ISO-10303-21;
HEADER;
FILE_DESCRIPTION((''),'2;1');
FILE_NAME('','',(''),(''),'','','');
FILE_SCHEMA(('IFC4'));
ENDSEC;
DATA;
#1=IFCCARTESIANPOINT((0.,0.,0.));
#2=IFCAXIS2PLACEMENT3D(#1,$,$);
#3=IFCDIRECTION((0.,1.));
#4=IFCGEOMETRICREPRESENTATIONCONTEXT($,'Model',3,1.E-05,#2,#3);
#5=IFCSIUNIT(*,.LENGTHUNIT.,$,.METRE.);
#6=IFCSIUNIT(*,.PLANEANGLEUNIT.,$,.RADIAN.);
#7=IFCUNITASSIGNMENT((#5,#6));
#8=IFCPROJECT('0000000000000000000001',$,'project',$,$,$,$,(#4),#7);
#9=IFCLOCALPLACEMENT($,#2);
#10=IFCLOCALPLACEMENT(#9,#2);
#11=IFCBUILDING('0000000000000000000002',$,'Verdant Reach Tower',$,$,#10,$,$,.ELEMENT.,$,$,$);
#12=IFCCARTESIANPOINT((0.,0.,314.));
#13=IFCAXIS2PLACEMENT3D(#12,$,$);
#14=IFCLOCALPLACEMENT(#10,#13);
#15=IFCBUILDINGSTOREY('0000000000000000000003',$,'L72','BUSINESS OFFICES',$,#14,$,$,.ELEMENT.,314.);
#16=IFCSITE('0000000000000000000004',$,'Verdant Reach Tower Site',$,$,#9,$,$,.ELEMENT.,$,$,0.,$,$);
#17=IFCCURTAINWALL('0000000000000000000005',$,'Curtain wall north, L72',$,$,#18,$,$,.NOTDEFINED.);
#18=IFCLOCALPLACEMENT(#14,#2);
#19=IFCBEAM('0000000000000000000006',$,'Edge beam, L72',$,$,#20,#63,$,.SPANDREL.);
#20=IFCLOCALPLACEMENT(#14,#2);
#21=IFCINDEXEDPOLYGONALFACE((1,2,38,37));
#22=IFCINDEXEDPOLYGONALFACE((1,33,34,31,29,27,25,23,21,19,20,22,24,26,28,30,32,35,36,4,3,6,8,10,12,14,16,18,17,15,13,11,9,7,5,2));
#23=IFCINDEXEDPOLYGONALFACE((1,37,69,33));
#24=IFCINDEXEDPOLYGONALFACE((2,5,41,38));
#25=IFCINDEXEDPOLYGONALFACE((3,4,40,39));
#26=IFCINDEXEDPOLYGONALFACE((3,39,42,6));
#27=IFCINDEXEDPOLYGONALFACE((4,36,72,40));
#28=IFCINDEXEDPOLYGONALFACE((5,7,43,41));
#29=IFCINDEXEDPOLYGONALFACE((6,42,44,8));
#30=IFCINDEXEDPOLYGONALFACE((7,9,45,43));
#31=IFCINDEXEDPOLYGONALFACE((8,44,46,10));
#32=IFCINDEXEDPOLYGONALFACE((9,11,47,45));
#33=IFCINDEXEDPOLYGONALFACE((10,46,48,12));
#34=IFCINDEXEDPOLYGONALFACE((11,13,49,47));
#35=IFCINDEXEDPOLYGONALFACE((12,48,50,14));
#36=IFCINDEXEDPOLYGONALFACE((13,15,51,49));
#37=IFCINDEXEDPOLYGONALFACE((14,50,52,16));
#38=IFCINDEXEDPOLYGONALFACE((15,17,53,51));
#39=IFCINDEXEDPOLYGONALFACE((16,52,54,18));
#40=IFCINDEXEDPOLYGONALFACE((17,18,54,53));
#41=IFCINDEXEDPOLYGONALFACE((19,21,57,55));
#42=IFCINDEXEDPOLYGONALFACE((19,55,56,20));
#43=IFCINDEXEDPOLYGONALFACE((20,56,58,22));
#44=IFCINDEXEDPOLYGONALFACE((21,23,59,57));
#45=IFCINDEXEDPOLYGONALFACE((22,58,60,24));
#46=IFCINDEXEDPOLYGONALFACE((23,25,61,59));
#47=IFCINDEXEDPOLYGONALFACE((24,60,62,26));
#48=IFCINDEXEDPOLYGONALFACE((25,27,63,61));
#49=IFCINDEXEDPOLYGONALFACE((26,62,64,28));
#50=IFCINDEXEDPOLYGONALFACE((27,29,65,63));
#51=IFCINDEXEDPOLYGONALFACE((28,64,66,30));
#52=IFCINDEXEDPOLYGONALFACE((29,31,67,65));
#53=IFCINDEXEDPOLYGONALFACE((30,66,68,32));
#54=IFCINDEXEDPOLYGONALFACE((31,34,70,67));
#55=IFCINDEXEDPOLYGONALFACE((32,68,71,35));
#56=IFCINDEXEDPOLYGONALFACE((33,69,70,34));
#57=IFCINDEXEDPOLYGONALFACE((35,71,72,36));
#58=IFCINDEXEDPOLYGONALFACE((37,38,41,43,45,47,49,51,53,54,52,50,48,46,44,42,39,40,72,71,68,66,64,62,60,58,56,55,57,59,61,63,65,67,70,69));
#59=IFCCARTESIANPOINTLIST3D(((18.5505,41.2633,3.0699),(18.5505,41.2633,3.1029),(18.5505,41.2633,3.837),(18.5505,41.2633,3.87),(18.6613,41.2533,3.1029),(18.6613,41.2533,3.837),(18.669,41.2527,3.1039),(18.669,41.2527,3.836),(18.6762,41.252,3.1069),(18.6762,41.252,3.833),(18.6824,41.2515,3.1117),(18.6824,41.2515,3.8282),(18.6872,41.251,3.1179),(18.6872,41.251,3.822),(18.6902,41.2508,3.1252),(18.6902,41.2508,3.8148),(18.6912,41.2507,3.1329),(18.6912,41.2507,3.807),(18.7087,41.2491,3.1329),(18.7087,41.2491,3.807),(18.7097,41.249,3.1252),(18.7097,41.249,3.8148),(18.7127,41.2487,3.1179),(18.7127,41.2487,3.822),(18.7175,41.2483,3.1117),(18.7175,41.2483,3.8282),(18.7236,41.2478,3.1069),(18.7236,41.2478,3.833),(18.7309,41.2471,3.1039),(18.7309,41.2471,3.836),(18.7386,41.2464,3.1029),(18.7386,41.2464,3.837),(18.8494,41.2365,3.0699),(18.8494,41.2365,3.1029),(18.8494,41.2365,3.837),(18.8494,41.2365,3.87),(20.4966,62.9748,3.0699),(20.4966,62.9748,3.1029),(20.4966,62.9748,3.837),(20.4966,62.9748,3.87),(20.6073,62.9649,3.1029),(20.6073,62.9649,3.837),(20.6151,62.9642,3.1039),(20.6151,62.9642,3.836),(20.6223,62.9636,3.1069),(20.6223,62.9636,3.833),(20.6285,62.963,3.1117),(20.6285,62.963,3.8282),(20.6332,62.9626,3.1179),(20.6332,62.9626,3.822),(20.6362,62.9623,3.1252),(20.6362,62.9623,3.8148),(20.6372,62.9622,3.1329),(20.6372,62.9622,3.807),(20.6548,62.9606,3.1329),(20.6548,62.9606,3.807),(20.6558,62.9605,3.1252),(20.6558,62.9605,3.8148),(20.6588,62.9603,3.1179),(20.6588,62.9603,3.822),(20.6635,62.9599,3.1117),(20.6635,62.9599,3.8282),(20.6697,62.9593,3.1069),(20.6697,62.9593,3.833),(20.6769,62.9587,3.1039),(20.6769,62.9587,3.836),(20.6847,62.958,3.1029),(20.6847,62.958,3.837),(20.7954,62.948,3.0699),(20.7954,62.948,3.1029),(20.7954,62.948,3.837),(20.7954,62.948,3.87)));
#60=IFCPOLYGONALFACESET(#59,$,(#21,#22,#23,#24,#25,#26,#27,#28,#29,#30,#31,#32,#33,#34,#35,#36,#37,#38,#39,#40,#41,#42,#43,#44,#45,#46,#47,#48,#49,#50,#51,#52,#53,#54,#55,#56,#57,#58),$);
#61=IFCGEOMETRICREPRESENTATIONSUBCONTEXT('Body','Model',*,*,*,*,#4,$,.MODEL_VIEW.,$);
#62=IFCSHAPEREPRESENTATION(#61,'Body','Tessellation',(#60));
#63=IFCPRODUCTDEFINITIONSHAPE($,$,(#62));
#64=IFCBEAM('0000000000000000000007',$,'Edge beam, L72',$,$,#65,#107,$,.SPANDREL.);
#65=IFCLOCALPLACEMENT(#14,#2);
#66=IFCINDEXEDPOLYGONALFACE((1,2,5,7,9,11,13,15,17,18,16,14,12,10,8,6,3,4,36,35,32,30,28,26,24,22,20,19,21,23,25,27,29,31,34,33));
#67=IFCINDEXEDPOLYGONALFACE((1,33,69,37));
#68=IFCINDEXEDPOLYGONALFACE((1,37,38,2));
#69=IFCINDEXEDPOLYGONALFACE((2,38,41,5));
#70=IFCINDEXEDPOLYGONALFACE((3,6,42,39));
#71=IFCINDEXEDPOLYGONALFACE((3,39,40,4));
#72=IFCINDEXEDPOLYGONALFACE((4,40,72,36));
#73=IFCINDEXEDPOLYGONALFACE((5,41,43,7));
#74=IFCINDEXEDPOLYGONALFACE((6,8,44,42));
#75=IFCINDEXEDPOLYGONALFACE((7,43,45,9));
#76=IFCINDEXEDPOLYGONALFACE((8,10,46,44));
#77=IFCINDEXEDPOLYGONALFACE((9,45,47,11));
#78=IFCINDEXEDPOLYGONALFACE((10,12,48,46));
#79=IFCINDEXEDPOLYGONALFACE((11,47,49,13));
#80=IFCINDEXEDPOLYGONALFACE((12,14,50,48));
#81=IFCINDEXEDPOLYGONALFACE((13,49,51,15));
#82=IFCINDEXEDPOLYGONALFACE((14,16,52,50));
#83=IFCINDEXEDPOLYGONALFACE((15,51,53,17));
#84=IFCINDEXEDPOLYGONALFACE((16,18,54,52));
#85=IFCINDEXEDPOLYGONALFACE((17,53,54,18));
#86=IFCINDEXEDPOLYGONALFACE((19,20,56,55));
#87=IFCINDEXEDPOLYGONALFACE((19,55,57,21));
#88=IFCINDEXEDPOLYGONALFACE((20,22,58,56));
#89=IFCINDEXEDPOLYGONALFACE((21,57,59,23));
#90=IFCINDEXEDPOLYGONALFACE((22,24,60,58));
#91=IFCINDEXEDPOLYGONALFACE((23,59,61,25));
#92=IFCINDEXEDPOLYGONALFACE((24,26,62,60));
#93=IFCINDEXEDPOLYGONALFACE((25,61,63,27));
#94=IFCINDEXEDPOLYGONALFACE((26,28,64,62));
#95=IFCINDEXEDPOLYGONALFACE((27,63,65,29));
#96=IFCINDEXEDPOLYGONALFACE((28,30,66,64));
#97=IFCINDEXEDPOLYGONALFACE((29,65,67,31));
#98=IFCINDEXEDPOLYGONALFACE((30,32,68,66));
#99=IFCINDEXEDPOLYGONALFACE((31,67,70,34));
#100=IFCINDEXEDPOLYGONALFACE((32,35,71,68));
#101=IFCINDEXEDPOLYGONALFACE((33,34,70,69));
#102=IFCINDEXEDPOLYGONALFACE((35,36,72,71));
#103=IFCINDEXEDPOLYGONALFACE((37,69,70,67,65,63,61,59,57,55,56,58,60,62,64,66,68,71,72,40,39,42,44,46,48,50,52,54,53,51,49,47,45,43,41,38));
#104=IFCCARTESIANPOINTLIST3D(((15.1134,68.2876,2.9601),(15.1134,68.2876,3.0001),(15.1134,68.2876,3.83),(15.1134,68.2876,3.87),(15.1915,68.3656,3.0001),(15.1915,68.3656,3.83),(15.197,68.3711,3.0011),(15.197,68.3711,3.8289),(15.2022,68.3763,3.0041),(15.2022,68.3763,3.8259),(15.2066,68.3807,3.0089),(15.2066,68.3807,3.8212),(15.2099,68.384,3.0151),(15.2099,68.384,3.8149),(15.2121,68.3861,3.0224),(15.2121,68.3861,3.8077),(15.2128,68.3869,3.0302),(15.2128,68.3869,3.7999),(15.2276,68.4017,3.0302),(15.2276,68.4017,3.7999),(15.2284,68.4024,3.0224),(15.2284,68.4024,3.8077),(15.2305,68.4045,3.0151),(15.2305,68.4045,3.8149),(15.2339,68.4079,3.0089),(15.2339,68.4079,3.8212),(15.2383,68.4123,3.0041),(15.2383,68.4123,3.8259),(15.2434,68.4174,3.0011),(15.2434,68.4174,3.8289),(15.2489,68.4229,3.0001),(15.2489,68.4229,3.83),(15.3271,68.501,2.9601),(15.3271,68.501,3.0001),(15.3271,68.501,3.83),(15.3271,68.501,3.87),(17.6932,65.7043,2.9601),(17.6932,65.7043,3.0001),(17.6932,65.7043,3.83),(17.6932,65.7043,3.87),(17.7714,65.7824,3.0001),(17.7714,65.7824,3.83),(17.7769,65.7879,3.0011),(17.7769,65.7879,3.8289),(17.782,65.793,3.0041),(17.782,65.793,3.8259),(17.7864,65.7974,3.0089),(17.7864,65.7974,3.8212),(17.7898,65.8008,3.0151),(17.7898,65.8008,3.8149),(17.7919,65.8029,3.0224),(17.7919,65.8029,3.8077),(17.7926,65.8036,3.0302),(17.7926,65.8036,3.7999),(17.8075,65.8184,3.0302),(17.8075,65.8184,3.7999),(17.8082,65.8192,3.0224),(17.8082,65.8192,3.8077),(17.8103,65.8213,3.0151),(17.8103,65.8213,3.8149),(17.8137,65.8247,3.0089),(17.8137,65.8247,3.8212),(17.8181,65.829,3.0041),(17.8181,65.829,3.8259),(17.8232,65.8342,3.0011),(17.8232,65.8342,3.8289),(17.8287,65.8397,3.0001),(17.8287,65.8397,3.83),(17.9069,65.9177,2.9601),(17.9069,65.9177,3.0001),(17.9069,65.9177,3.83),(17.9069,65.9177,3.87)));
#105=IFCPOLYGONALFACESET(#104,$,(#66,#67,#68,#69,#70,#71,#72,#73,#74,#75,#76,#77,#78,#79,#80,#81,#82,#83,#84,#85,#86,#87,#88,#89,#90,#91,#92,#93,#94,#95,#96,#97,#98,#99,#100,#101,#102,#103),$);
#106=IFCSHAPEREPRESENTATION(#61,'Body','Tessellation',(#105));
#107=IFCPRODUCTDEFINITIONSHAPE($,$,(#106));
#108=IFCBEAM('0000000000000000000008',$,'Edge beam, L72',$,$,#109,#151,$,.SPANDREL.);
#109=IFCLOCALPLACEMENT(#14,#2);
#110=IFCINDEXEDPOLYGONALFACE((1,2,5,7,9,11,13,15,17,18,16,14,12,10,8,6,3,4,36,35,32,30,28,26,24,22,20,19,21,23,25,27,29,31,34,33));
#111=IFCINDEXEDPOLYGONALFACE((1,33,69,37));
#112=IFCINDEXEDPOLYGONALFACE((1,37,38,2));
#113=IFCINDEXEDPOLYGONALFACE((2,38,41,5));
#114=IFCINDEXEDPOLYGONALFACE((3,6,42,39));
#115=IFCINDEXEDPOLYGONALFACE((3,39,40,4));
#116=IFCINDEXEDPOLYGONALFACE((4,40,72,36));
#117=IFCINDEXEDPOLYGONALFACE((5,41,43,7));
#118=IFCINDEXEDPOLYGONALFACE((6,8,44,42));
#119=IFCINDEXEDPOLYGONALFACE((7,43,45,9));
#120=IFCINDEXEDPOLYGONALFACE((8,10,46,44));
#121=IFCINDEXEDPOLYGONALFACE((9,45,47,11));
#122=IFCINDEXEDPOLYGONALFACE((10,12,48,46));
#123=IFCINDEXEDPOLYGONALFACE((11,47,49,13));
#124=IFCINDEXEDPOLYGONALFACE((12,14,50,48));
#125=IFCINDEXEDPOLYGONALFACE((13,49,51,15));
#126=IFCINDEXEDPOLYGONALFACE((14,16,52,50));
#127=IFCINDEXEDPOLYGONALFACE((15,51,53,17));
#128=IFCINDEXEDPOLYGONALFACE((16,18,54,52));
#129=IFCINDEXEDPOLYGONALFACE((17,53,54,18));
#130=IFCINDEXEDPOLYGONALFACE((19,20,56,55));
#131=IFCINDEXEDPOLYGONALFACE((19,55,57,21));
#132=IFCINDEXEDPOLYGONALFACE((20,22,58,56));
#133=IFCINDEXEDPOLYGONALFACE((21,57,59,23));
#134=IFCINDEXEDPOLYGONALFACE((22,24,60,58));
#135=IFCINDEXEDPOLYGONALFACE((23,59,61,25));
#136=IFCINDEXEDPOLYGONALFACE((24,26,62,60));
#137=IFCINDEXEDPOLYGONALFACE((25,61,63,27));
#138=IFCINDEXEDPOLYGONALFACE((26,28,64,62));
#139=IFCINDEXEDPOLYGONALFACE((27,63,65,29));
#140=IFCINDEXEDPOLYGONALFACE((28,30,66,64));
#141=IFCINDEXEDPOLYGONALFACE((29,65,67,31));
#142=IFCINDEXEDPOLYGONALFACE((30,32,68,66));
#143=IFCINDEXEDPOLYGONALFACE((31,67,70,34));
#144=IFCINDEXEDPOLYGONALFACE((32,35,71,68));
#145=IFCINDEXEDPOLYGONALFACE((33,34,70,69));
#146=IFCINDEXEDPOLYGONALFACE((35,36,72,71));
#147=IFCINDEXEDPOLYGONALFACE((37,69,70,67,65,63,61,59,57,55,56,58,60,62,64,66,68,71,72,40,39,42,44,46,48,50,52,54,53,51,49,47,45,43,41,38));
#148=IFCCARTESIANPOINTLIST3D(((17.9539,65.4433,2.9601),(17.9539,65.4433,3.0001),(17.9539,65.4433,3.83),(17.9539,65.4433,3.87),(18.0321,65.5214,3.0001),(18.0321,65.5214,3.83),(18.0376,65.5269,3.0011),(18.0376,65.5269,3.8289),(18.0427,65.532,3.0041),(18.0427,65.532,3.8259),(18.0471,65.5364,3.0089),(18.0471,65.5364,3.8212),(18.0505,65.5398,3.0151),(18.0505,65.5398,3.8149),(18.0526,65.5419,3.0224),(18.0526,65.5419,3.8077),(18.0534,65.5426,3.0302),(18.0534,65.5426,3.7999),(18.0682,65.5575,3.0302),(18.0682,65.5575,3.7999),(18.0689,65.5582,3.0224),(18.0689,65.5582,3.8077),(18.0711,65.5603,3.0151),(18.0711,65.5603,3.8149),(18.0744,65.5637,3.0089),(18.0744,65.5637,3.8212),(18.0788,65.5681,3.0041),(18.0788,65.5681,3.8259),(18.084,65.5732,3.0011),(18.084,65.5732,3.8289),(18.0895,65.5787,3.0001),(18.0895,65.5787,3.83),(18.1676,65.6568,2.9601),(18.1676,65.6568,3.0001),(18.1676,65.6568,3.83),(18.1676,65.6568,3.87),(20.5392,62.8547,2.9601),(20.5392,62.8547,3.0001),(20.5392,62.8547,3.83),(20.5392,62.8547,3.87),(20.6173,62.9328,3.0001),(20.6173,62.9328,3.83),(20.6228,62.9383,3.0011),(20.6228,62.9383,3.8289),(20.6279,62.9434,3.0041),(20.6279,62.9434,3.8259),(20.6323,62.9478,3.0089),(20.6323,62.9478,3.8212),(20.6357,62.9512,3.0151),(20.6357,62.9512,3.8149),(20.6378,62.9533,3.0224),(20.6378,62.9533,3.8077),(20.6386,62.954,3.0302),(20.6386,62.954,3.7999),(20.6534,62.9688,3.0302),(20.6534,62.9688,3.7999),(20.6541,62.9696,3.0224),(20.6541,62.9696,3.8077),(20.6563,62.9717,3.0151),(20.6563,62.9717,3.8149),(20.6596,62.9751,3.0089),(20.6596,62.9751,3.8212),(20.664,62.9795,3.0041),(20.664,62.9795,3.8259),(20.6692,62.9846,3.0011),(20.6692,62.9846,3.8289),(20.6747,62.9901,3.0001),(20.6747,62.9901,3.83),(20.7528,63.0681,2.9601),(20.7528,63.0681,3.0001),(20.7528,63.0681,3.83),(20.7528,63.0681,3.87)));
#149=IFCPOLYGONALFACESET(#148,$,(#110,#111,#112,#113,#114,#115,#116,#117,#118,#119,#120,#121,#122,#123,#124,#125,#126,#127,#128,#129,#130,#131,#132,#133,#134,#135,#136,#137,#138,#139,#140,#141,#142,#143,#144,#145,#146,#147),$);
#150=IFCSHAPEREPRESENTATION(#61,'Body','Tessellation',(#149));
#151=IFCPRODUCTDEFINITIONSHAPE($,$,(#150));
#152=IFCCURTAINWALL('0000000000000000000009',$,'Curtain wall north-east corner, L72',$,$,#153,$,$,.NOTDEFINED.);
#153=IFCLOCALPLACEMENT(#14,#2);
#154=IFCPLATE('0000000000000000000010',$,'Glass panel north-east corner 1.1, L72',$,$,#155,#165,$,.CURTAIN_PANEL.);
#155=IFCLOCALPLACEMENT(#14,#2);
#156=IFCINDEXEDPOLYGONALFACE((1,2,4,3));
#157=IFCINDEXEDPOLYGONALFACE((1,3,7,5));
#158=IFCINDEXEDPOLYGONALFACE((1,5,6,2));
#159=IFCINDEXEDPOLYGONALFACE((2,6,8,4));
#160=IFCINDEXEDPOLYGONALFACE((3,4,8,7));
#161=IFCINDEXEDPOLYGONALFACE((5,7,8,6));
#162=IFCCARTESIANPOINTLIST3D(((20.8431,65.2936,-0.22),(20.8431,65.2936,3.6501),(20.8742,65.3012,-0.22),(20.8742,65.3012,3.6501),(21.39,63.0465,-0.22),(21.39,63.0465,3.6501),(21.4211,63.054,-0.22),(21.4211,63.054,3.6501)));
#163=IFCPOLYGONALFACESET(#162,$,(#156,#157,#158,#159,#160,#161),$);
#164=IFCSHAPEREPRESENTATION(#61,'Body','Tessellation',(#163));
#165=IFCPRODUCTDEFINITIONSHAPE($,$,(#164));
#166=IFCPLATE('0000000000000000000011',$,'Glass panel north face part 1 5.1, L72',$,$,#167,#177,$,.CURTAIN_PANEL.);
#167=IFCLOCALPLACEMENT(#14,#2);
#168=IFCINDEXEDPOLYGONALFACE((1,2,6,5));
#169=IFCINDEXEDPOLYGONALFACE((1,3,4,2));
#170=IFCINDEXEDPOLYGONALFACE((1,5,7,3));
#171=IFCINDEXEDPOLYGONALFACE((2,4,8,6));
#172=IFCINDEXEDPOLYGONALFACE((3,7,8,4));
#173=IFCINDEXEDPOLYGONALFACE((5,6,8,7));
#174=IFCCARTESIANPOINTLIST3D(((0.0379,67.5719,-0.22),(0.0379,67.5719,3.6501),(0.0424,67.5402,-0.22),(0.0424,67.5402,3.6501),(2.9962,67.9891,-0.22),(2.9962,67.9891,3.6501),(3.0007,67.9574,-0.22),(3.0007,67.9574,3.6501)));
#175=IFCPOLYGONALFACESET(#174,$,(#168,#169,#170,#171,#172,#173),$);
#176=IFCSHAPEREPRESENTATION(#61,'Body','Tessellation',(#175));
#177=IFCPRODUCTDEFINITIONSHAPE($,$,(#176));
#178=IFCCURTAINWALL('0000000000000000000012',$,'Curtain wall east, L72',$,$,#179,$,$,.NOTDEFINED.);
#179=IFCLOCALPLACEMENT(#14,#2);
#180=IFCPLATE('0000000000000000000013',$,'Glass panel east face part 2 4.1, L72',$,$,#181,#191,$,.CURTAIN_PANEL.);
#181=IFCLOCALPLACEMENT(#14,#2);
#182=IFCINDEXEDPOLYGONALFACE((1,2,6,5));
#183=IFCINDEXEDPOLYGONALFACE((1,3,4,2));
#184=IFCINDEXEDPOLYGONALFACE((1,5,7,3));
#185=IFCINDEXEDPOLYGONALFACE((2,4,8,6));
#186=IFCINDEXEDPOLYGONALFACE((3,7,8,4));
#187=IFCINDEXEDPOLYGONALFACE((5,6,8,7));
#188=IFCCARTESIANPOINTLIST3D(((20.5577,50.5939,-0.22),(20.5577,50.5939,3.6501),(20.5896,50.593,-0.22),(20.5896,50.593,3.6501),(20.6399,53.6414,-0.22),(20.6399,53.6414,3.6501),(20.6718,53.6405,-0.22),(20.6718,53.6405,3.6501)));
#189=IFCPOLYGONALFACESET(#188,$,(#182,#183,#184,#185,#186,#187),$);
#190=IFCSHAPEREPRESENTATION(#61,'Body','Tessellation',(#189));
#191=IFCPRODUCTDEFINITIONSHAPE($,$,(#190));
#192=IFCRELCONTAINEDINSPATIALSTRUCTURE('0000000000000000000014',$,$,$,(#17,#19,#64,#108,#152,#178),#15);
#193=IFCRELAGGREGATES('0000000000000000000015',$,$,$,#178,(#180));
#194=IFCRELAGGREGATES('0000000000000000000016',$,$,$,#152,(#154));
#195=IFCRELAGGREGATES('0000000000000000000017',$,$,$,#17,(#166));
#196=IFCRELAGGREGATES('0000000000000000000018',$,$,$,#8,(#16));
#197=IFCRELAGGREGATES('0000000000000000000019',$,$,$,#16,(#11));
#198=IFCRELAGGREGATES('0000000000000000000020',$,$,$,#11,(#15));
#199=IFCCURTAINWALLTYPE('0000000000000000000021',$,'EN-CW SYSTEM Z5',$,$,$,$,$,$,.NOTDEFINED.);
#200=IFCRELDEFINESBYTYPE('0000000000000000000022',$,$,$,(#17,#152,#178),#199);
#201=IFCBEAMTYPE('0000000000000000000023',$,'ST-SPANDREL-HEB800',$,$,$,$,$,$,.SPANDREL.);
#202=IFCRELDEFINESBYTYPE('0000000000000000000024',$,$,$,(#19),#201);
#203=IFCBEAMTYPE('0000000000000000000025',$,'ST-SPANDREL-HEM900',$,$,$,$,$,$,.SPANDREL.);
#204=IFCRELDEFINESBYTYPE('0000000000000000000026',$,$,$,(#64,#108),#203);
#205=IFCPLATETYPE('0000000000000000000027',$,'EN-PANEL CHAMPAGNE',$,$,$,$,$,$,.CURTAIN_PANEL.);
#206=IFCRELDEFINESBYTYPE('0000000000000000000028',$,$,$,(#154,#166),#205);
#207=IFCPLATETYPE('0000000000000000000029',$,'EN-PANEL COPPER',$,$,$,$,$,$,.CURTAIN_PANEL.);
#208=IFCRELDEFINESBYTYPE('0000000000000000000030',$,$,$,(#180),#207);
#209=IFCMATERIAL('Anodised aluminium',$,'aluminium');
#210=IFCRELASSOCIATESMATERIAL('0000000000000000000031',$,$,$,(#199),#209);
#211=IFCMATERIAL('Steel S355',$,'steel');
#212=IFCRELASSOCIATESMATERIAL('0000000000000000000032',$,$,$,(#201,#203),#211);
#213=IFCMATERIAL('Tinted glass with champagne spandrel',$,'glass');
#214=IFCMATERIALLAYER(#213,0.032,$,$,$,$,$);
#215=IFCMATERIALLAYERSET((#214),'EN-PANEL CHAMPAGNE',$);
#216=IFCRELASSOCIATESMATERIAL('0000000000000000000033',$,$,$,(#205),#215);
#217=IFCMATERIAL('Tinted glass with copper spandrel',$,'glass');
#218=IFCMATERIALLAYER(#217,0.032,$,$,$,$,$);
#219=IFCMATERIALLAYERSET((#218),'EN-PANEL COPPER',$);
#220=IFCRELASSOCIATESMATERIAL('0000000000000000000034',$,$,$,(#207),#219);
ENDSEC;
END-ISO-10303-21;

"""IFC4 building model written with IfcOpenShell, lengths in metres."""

from ifc_helpers import new_model, si_unit, direction, frame, origin, origin_2d, place, context, subcontext, project, spatial, rectangle, i_section, extrude, material, layer, layer_set, material_profile, profile_set, type_object, element, aggregate, save


model = new_model("IFC4")

# Units and contexts
model_context = context("Model", 3, precision=1e-05, world=origin(), true_north=direction((0.0, 1.0)))
body_context = subcontext(model_context, "Body", "Model", "MODEL_VIEW")
ifc_project = project(units=[si_unit("LENGTHUNIT", "METRE"), si_unit("PLANEANGLEUNIT", "RADIAN")], contexts=[model_context])

# Site, building, storey
site_placement = place(None, origin())
site = spatial("IfcSite", under=ifc_project, at=site_placement, Name="Verdant Reach Tower Site", CompositionType="ELEMENT", RefElevation=0.0)
building_placement = place(site_placement, origin())
building = spatial("IfcBuilding", under=site, at=building_placement, Name="Verdant Reach Tower", CompositionType="ELEMENT")
storey_placement = place(building_placement, frame((0.0, 0.0, 314.0)))
storey = spatial("IfcBuildingStorey", under=building, at=storey_placement, Name="L72", Description="BUSINESS OFFICES", CompositionType="ELEMENT", Elevation=314.0)

# Curtain wall
ifc_material_1 = material(Name="Anodised aluminium", Category="aluminium")
curtain_wall_type = type_object("IfcCurtainWallType", Name="EN-CW SYSTEM Z5", PredefinedType="NOTDEFINED", material=ifc_material_1)
curtain_wall_1_placement = place(storey_placement, origin())
curtain_wall_1 = element("IfcCurtainWall", 1, at=curtain_wall_1_placement, inside=storey, type_object=curtain_wall_type, Name="Curtain wall north, L72", PredefinedType="NOTDEFINED")

# Beams
ifc_material_2 = material(Name="Steel S355", Category="steel")
ifc_material_profile_1 = material_profile(ifc_material_2, i_section(OverallWidth=0.3, OverallDepth=0.8, WebThickness=0.0176, FlangeThickness=0.033, FilletRadius=0.03, at=origin_2d()), Name="HEB 800")
ifc_profile_set_1 = profile_set([ifc_material_profile_1], Name="Steel S355")
beam_type_1 = type_object("IfcBeamType", Name="ST-SPANDREL-HEB800", PredefinedType="SPANDREL", material=ifc_profile_set_1)
beam_1_placement = place(storey_placement, frame((20.646, 62.9614, 3.47), z_axis=(-0.089274, -0.996007, 0.0), x_axis=(0.996007, -0.089274, 0.0)))
element("IfcBeam", 2, at=beam_1_placement, inside=storey, type_object=beam_type_1, Name="Edge beam, L72", PredefinedType="SPANDREL", context=body_context, shape_type="SweptSolid", body=[
    extrude(i_section(OverallWidth=0.3, OverallDepth=0.8, WebThickness=0.0176, FlangeThickness=0.033, FilletRadius=0.03, at=origin_2d()), origin(), (0.0, 0.0, 1.0), 21.7986),
])
ifc_material_profile_2 = material_profile(ifc_material_2, i_section(OverallWidth=0.302, OverallDepth=0.9099, WebThickness=0.021, FlangeThickness=0.04, FilletRadius=0.03, at=origin_2d()), Name="HEM 900")
ifc_profile_set_2 = profile_set([ifc_material_profile_2], Name="Steel S355")
beam_type_2 = type_object("IfcBeamType", Name="ST-SPANDREL-HEM900", PredefinedType="SPANDREL", material=ifc_profile_set_2)
beam_2_placement = place(storey_placement, frame((15.2202, 68.3943, 3.415), z_axis=(0.706639, -0.707575, 0.0), x_axis=(0.707575, 0.706639, 0.0)))
element("IfcBeam", 3, at=beam_2_placement, inside=storey, type_object=beam_type_2, Name="Edge beam, L72", PredefinedType="SPANDREL", context=body_context, shape_type="SweptSolid", body=[
    extrude(i_section(OverallWidth=0.302, OverallDepth=0.9099, WebThickness=0.021, FlangeThickness=0.04, FilletRadius=0.03, at=origin_2d()), origin(), (0.0, 0.0, 1.0), 3.6509),
])
beam_3_placement = place(storey_placement, frame((18.0608, 65.55, 3.415), z_axis=(0.706639, -0.707574, 0.0), x_axis=(0.707574, 0.706639, 0.0)))
element("IfcBeam", 4, at=beam_3_placement, inside=storey, type_object=beam_type_2, Name="Edge beam, L72", PredefinedType="SPANDREL", context=body_context, shape_type="SweptSolid", body=[
    extrude(i_section(OverallWidth=0.302, OverallDepth=0.9099, WebThickness=0.021, FlangeThickness=0.04, FilletRadius=0.03, at=origin_2d()), origin(), (0.0, 0.0, 1.0), 3.6584),
])

# Curtain wall, plate
curtain_wall_2_placement = place(storey_placement, origin())
curtain_wall_2 = element("IfcCurtainWall", 5, at=curtain_wall_2_placement, inside=storey, type_object=curtain_wall_type, Name="Curtain wall north-east corner, L72", PredefinedType="NOTDEFINED")
ifc_material_3 = material(Name="Tinted glass with champagne spandrel", Category="glass")
ifc_layer_1 = layer(ifc_material_3, 0.032)
ifc_layer_set_1 = layer_set([ifc_layer_1], Name="EN-PANEL CHAMPAGNE")
plate_type_1 = type_object("IfcPlateType", Name="EN-PANEL CHAMPAGNE", PredefinedType="CURTAIN_PANEL", material=ifc_layer_set_1)
plate_1_placement = place(storey_placement, frame((21.1321, 64.1738, -0.22), z_axis=(0.0, 0.0, 1.0), x_axis=(-0.236471, 0.971638, 0.0)))
plate_1 = element("IfcPlate", 6, at=plate_1_placement, type_object=plate_type_1, Name="Glass panel north-east corner 1.1, L72", PredefinedType="CURTAIN_PANEL", context=body_context, shape_type="SweptSolid", body=[
    extrude(rectangle(XDim=2.3127, YDim=0.032, at=origin_2d()), origin(), (0.0, 0.0, 1.0), 3.8701),
])

# Plate
plate_2_placement = place(storey_placement, frame((1.5193, 67.7646, -0.22), z_axis=(0.0, 0.0, 1.0), x_axis=(-0.9902, -0.139656, 0.0)))
plate_2 = element("IfcPlate", 7, at=plate_2_placement, type_object=plate_type_1, Name="Glass panel north face part 1 5.1, L72", PredefinedType="CURTAIN_PANEL", context=body_context, shape_type="SweptSolid", body=[
    extrude(rectangle(XDim=2.9875, YDim=0.032, at=origin_2d()), origin(), (0.0, 0.0, 1.0), 3.8701),
])

# Curtain wall, plate
curtain_wall_3_placement = place(storey_placement, origin())
curtain_wall_3 = element("IfcCurtainWall", 8, at=curtain_wall_3_placement, inside=storey, type_object=curtain_wall_type, Name="Curtain wall east, L72", PredefinedType="NOTDEFINED")
ifc_material_4 = material(Name="Tinted glass with copper spandrel", Category="glass")
ifc_layer_2 = layer(ifc_material_4, 0.032)
ifc_layer_set_2 = layer_set([ifc_layer_2], Name="EN-PANEL COPPER")
plate_type_2 = type_object("IfcPlateType", Name="EN-PANEL COPPER", PredefinedType="CURTAIN_PANEL", material=ifc_layer_set_2)
plate_3_placement = place(storey_placement, frame((20.6147, 52.1172, -0.22), z_axis=(0.0, 0.0, 1.0), x_axis=(0.026965, 0.999636, 0.0)))
plate_3 = element("IfcPlate", 9, at=plate_3_placement, type_object=plate_type_2, Name="Glass panel east face part 2 4.1, L72", PredefinedType="CURTAIN_PANEL", context=body_context, shape_type="SweptSolid", body=[
    extrude(rectangle(XDim=3.0486, YDim=0.032, at=origin_2d()), origin(), (0.0, 0.0, 1.0), 3.8701),
])

aggregate(curtain_wall_3, [plate_3])
aggregate(curtain_wall_2, [plate_1])
aggregate(curtain_wall_1, [plate_2])

save(model, "model.ifc")
